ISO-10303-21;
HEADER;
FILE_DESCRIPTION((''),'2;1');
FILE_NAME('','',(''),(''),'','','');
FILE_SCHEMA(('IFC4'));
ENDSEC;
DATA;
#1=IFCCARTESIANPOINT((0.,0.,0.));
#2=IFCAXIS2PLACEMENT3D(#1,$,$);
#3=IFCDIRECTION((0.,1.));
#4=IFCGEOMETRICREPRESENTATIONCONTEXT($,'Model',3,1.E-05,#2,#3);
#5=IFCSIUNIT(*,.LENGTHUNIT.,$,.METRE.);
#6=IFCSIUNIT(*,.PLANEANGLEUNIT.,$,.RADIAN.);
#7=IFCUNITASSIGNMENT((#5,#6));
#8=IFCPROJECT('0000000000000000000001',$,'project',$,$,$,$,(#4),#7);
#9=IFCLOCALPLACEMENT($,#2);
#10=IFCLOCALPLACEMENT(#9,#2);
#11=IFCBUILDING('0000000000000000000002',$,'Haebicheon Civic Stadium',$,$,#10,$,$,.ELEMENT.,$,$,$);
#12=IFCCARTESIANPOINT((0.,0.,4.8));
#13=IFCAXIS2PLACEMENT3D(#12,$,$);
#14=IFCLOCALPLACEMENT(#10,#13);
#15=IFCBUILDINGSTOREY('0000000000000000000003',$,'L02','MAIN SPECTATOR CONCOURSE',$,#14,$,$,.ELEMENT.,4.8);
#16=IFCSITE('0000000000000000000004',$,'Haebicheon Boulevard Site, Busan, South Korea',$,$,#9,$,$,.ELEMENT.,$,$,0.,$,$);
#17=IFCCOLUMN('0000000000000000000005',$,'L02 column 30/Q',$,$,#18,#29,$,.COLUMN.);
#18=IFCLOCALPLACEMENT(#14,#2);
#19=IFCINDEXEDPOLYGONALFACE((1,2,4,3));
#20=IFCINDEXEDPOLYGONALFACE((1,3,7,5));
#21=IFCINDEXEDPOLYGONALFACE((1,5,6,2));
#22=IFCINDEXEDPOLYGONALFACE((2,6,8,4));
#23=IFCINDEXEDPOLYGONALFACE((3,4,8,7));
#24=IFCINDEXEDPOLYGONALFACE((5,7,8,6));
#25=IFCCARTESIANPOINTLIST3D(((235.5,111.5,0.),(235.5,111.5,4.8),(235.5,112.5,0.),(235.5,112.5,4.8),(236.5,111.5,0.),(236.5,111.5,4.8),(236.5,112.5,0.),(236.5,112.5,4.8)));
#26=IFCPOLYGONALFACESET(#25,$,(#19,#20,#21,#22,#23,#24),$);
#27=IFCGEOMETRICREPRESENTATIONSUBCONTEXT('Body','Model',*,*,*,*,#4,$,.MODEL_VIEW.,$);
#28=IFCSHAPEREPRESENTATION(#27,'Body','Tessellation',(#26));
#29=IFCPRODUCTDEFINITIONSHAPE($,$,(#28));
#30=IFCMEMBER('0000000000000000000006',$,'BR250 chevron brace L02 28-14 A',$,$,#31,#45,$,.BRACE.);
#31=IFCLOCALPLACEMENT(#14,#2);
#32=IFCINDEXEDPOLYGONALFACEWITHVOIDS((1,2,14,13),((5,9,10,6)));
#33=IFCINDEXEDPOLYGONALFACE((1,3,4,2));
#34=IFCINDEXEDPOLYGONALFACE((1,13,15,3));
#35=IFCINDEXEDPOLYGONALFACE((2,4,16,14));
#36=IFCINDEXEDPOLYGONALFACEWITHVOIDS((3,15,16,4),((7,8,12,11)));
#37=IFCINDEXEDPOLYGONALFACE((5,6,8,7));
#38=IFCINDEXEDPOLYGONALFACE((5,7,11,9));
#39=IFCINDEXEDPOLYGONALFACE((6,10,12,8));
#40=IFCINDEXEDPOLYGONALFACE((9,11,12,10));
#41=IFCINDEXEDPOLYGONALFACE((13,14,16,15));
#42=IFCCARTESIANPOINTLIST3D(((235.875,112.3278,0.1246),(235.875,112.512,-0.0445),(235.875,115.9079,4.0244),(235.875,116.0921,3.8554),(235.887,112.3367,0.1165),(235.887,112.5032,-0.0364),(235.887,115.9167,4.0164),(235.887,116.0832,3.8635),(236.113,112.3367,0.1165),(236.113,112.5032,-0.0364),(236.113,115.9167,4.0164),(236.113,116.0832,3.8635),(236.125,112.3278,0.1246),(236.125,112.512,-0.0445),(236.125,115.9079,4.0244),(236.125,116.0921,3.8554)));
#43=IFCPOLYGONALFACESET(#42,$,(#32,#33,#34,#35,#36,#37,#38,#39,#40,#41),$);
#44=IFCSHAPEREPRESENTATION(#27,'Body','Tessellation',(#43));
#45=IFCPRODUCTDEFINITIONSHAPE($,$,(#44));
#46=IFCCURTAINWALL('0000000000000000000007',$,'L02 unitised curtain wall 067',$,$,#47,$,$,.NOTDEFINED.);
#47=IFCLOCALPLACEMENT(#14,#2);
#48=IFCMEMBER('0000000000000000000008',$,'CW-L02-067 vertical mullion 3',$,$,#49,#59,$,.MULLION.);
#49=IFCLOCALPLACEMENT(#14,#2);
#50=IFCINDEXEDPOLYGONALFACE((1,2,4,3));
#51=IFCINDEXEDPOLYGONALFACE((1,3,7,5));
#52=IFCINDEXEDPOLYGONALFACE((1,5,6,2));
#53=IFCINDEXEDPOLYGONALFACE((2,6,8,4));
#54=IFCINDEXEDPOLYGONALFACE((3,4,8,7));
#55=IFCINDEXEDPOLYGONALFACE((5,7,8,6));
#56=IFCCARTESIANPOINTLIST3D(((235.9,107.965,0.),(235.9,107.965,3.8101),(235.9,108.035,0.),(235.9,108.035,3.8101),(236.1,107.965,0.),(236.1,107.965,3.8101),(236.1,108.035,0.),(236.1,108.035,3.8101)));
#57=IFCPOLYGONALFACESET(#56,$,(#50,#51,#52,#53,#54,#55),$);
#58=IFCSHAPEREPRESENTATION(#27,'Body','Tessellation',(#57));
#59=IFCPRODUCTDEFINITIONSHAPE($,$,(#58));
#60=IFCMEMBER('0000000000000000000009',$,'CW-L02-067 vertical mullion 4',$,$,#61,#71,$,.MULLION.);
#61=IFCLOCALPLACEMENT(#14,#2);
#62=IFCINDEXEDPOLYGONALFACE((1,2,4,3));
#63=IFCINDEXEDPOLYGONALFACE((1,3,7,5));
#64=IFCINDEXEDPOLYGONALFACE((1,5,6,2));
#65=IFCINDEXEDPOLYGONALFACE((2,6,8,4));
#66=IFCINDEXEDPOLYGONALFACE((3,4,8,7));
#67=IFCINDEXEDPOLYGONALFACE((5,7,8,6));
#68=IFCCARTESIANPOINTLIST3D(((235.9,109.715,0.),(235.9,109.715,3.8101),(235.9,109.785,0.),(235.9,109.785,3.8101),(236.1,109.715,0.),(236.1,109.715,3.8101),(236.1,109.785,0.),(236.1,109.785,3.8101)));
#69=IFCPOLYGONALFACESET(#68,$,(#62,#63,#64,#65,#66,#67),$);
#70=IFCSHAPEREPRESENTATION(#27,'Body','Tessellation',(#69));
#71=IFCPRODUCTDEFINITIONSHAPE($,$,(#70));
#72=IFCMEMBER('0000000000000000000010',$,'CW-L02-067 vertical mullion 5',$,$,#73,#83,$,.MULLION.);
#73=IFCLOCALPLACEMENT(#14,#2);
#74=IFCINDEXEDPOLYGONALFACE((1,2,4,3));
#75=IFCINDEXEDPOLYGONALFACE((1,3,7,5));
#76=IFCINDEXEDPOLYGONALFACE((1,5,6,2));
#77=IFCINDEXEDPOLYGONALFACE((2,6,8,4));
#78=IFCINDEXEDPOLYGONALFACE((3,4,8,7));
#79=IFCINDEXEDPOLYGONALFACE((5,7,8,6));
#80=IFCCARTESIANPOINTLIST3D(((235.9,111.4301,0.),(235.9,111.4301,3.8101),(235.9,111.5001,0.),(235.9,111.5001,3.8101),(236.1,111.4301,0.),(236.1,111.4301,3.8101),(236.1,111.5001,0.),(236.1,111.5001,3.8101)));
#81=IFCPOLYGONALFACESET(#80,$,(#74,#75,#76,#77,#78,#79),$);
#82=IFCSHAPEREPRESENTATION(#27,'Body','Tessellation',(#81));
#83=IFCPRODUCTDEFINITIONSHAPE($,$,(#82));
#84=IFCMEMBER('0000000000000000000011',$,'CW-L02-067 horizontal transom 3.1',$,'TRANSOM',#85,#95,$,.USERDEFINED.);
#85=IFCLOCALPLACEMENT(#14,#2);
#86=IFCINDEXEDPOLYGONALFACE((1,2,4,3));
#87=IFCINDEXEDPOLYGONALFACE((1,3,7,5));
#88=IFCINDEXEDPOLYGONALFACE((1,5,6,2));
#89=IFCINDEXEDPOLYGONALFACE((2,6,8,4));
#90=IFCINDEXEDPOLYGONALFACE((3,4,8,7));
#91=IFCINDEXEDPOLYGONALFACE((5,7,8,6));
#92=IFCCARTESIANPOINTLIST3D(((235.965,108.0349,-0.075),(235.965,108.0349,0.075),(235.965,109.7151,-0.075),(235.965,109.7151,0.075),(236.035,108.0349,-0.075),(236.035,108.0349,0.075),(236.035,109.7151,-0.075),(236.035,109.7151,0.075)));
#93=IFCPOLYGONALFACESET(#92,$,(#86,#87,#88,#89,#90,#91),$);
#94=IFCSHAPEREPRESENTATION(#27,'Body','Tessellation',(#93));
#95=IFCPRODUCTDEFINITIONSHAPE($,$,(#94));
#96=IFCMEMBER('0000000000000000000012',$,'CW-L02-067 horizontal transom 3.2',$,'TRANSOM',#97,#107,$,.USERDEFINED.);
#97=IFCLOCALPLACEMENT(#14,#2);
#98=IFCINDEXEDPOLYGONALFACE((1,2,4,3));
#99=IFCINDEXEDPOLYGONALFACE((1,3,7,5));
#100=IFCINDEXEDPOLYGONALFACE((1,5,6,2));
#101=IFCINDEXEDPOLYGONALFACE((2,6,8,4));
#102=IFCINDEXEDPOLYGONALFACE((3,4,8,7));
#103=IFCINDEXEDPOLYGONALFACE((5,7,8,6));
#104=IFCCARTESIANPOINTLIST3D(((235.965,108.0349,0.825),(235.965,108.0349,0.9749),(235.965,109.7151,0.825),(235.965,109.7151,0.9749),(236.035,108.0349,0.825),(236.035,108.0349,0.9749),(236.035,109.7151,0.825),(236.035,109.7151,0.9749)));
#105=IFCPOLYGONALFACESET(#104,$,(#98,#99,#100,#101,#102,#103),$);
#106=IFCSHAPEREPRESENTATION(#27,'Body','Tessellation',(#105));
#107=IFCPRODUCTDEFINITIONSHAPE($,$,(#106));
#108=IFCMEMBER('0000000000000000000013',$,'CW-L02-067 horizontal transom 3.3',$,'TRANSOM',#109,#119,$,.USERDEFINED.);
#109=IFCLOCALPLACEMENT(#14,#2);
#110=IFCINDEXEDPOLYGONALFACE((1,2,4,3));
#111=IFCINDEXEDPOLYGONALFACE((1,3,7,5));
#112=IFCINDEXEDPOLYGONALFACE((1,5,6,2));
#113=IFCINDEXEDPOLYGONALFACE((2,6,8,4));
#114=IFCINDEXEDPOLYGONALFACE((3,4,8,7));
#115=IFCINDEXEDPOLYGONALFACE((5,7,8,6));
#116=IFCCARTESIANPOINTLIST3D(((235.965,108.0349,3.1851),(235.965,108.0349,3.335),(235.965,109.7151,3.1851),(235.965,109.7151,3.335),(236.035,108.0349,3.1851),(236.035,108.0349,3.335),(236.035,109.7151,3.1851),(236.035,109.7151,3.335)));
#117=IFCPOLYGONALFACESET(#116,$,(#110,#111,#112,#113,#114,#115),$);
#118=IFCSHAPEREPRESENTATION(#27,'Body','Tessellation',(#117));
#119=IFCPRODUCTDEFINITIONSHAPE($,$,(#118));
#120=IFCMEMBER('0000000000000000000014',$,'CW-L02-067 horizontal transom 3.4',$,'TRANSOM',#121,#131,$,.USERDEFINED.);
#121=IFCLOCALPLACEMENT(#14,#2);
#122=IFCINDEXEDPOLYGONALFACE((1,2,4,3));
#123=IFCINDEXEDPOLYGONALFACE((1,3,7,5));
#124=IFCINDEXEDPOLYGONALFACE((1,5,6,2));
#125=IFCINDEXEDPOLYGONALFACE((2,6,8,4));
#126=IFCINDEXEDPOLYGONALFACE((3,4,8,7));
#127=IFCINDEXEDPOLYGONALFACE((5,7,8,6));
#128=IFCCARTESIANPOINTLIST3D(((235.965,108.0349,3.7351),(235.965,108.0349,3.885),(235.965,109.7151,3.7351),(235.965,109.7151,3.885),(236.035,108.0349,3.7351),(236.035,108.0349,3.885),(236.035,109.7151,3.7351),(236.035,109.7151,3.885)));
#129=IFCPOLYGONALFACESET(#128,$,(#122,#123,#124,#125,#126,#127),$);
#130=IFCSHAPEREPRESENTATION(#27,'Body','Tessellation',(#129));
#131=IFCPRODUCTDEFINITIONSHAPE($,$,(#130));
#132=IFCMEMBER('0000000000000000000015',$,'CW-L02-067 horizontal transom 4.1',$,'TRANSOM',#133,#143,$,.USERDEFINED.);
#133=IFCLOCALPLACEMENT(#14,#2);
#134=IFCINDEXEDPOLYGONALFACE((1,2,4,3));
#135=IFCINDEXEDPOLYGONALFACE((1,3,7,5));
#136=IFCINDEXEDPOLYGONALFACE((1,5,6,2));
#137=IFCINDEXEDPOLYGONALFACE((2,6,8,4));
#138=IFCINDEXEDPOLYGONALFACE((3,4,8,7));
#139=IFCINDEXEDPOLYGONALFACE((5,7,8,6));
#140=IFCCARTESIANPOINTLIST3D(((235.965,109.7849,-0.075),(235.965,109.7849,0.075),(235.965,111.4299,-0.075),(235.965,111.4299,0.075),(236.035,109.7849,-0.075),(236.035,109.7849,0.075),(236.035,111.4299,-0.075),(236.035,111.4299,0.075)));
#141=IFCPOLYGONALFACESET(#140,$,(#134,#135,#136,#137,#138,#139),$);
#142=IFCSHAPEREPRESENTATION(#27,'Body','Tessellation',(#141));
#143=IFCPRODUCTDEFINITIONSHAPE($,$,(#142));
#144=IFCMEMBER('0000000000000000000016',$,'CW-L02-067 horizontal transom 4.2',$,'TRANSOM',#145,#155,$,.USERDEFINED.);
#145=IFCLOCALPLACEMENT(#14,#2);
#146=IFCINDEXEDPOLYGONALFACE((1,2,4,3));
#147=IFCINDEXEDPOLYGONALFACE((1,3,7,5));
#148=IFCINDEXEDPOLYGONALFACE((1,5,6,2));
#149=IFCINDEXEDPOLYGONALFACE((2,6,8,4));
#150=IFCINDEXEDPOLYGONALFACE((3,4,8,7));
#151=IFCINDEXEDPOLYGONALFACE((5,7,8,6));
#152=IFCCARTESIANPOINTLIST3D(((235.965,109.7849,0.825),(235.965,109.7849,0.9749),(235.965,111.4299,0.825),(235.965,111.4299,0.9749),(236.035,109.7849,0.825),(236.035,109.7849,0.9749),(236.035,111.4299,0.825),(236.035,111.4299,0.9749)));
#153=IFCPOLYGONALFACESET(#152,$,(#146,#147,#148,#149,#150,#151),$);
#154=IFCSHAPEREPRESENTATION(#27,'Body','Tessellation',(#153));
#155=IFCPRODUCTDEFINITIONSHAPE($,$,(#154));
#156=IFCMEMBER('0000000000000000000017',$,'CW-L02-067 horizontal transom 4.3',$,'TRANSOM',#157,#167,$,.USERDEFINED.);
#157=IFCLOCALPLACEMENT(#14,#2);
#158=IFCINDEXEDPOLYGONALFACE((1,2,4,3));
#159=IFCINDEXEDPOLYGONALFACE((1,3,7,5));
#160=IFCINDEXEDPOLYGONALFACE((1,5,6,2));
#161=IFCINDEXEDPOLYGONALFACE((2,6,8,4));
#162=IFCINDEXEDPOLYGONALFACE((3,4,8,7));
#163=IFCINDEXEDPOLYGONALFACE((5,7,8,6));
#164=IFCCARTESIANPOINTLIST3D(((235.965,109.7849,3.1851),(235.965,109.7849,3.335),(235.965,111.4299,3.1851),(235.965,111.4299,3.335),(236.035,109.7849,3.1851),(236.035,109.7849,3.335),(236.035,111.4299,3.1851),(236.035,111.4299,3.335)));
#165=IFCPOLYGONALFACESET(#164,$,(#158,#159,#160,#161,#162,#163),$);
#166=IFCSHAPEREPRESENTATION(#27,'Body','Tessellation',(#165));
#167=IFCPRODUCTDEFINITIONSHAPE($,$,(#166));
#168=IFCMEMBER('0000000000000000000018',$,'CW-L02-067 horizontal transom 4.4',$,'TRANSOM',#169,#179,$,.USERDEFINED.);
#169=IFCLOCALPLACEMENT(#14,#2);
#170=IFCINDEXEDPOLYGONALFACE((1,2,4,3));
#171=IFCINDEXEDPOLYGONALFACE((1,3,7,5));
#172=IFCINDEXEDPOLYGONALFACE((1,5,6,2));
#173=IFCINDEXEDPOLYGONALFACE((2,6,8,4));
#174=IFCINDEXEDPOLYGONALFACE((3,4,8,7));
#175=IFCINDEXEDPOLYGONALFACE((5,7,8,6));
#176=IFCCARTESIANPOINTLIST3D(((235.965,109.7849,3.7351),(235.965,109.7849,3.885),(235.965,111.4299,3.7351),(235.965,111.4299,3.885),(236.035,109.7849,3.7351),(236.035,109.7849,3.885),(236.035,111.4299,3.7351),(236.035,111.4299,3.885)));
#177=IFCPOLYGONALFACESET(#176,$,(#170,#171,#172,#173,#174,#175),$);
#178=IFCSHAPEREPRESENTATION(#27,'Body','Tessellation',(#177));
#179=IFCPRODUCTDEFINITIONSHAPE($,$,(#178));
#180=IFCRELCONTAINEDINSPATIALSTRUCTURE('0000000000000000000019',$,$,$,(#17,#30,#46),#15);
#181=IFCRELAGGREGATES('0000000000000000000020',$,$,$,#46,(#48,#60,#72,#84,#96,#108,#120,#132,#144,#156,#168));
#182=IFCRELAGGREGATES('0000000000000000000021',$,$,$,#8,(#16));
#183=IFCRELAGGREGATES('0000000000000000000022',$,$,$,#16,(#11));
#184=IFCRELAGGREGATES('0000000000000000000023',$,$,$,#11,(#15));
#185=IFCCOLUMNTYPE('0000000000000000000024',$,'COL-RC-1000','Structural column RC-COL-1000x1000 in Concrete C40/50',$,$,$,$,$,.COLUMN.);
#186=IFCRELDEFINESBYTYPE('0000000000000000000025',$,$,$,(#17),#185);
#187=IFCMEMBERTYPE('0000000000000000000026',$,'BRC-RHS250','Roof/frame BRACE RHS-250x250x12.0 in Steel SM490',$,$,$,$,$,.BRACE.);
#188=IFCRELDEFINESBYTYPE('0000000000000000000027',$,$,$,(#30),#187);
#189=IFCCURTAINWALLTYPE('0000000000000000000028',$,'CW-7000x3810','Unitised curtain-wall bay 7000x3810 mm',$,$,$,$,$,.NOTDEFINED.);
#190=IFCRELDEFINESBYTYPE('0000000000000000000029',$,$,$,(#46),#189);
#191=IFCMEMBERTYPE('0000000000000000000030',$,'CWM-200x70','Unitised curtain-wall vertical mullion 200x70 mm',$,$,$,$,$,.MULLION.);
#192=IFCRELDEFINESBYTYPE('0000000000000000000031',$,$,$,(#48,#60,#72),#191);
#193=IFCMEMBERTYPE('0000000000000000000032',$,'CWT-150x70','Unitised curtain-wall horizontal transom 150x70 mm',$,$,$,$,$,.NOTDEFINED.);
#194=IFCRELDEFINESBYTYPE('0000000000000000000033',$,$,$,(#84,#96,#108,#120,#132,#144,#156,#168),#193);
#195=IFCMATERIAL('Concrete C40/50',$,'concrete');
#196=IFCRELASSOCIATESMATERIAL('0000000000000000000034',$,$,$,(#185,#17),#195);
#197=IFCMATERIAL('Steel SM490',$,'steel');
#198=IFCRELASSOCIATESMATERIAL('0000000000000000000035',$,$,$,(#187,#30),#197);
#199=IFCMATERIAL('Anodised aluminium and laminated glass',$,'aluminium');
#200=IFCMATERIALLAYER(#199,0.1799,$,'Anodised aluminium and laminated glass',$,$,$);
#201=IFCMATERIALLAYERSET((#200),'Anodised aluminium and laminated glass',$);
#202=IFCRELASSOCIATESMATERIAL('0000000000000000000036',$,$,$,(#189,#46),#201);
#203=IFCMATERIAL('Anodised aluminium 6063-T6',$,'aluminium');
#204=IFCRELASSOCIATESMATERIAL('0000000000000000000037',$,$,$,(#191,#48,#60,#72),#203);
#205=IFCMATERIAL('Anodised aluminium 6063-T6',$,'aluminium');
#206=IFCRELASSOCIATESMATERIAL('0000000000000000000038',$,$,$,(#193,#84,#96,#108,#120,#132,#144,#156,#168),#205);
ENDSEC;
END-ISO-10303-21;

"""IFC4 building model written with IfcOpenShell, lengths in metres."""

from ifc_helpers import new_model, si_unit, direction, frame, origin, origin_2d, place, context, subcontext, project, spatial, rectangle, hollow_rectangle, extrude, material, layer, layer_set, material_profile, profile_set, type_object, element, aggregate, save


model = new_model("IFC4")

# Units and contexts
model_context = context("Model", 3, precision=1e-05, world=origin(), true_north=direction((0.0, 1.0)))
body_context = subcontext(model_context, "Body", "Model", "MODEL_VIEW")
ifc_project = project(units=[si_unit("LENGTHUNIT", "METRE"), si_unit("PLANEANGLEUNIT", "RADIAN")], contexts=[model_context])

# Site, building, storey
site_placement = place(None, origin())
site = spatial("IfcSite", under=ifc_project, at=site_placement, Name="Haebicheon Boulevard Site, Busan, South Korea", CompositionType="ELEMENT", RefElevation=0.0)
building_placement = place(site_placement, origin())
building = spatial("IfcBuilding", under=site, at=building_placement, Name="Haebicheon Civic Stadium", CompositionType="ELEMENT")
storey_placement = place(building_placement, frame((0.0, 0.0, 4.8)))
storey = spatial("IfcBuildingStorey", under=building, at=storey_placement, Name="L02", Description="MAIN SPECTATOR CONCOURSE", CompositionType="ELEMENT", Elevation=4.8)

# Column
ifc_material_1 = material(Name="Concrete C40/50", Category="concrete")
ifc_material_profile_1 = material_profile(ifc_material_1, rectangle(XDim=1.0, YDim=1.0, at=origin_2d()), Name="RC-COL-1000x1000")
ifc_profile_set_1 = profile_set([ifc_material_profile_1], Name="Concrete C40/50")
column_type = type_object("IfcColumnType", Name="COL-RC-1000", Description="Structural column RC-COL-1000x1000 in Concrete C40/50", PredefinedType="COLUMN", material=ifc_profile_set_1)
column_placement = place(storey_placement, frame((236.0, 112.0, 0.0), z_axis=(0.0, 0.0, 1.0), x_axis=(1.0, 0.0, 0.0)))
element("IfcColumn", 1, at=column_placement, inside=storey, type_object=column_type, material=ifc_profile_set_1, Name="L02 column 30/Q", PredefinedType="COLUMN", context=body_context, shape_type="SweptSolid", body=[
    extrude(rectangle(XDim=1.0, YDim=1.0, at=origin_2d()), origin(), (0.0, 0.0, 1.0), 4.8),
])

# Member
ifc_material_2 = material(Name="Steel SM490", Category="steel")
ifc_material_profile_2 = material_profile(ifc_material_2, hollow_rectangle(XDim=0.25, YDim=0.25, WallThickness=0.012, at=origin_2d()), Name="RHS-250x250x12.0")
ifc_profile_set_2 = profile_set([ifc_material_profile_2], Name="Steel SM490")
member_type_1 = type_object("IfcMemberType", Name="BRC-RHS250", Description="Roof/frame BRACE RHS-250x250x12.0 in Steel SM490", PredefinedType="BRACE", material=ifc_profile_set_2)
member_1_placement = place(storey_placement, frame((236.0, 112.4199, 0.04), z_axis=(0.0, 0.676255, 0.736668), x_axis=(-1.0, 0.0, 0.0)))
element("IfcMember", 2, at=member_1_placement, inside=storey, type_object=member_type_1, material=ifc_profile_set_2, Name="BR250 chevron brace L02 28-14 A", PredefinedType="BRACE", context=body_context, shape_type="SweptSolid", body=[
    extrude(hollow_rectangle(XDim=0.25, YDim=0.25, WallThickness=0.012, at=origin_2d()), origin(), (0.0, 0.0, 1.0), 5.2939),
])

# Curtain wall, members
ifc_material_3 = material(Name="Anodised aluminium and laminated glass", Category="aluminium")
ifc_layer_1 = layer(ifc_material_3, 0.1799, Name="Anodised aluminium and laminated glass")
ifc_layer_set_1 = layer_set([ifc_layer_1], Name="Anodised aluminium and laminated glass")
curtain_wall_type = type_object("IfcCurtainWallType", Name="CW-7000x3810", Description="Unitised curtain-wall bay 7000x3810 mm", PredefinedType="NOTDEFINED", material=ifc_layer_set_1)
curtain_wall_placement = place(storey_placement, origin())
curtain_wall = element("IfcCurtainWall", 3, at=curtain_wall_placement, inside=storey, type_object=curtain_wall_type, material=ifc_layer_set_1, Name="L02 unitised curtain wall 067", PredefinedType="NOTDEFINED")
ifc_material_4 = material(Name="Anodised aluminium 6063-T6", Category="aluminium")
ifc_material_profile_3 = material_profile(ifc_material_4, rectangle(XDim=0.0701, YDim=0.2, at=origin_2d()), Name="ALU-MULL-70x200")
ifc_profile_set_3 = profile_set([ifc_material_profile_3], Name="Anodised aluminium 6063-T6")
member_type_2 = type_object("IfcMemberType", Name="CWM-200x70", Description="Unitised curtain-wall vertical mullion 200x70 mm", PredefinedType="MULLION", material=ifc_profile_set_3)
member_2_placement = place(storey_placement, frame((236.0, 108.0, 0.0), z_axis=(0.0, 0.0, 1.0), x_axis=(0.0, 1.0, 0.0)))
member_2 = element("IfcMember", 4, at=member_2_placement, type_object=member_type_2, material=ifc_profile_set_3, Name="CW-L02-067 vertical mullion 3", PredefinedType="MULLION", context=body_context, shape_type="SweptSolid", body=[
    extrude(rectangle(XDim=0.0701, YDim=0.2, at=origin_2d()), origin(), (0.0, 0.0, 1.0), 3.8101),
])
member_3_placement = place(storey_placement, frame((236.0, 109.75, 0.0), z_axis=(0.0, 0.0, 1.0), x_axis=(0.0, 1.0, 0.0)))
member_3 = element("IfcMember", 5, at=member_3_placement, type_object=member_type_2, material=ifc_profile_set_3, Name="CW-L02-067 vertical mullion 4", PredefinedType="MULLION", context=body_context, shape_type="SweptSolid", body=[
    extrude(rectangle(XDim=0.0701, YDim=0.2, at=origin_2d()), origin(), (0.0, 0.0, 1.0), 3.8101),
])
member_4_placement = place(storey_placement, frame((236.0, 111.4651, 0.0), z_axis=(0.0, 0.0, 1.0), x_axis=(0.0, 1.0, 0.0)))
member_4 = element("IfcMember", 6, at=member_4_placement, type_object=member_type_2, material=ifc_profile_set_3, Name="CW-L02-067 vertical mullion 5", PredefinedType="MULLION", context=body_context, shape_type="SweptSolid", body=[
    extrude(rectangle(XDim=0.0701, YDim=0.2, at=origin_2d()), origin(), (0.0, 0.0, 1.0), 3.8101),
])
ifc_material_5 = material(Name="Anodised aluminium 6063-T6", Category="aluminium")
ifc_material_profile_4 = material_profile(ifc_material_5, rectangle(XDim=0.0701, YDim=0.1499, at=origin_2d()), Name="ALU-TRAN-70x150")
ifc_profile_set_4 = profile_set([ifc_material_profile_4], Name="Anodised aluminium 6063-T6")
member_type_3 = type_object("IfcMemberType", Name="CWT-150x70", Description="Unitised curtain-wall horizontal transom 150x70 mm", PredefinedType="NOTDEFINED", material=ifc_profile_set_4)
member_5_placement = place(storey_placement, frame((236.0, 108.0349, 0.0), z_axis=(0.0, 1.0, 0.0), x_axis=(-1.0, 0.0, 0.0)))
member_5 = element("IfcMember", 7, at=member_5_placement, type_object=member_type_3, material=ifc_profile_set_4, Name="CW-L02-067 horizontal transom 3.1", ObjectType="TRANSOM", PredefinedType="USERDEFINED", context=body_context, shape_type="SweptSolid", body=[
    extrude(rectangle(XDim=0.0701, YDim=0.1499, at=origin_2d()), origin(), (0.0, 0.0, 1.0), 1.6802),
])
member_6_placement = place(storey_placement, frame((236.0, 108.0349, 0.8999), z_axis=(0.0, 1.0, 0.0), x_axis=(-1.0, 0.0, 0.0)))
member_6 = element("IfcMember", 8, at=member_6_placement, type_object=member_type_3, material=ifc_profile_set_4, Name="CW-L02-067 horizontal transom 3.2", ObjectType="TRANSOM", PredefinedType="USERDEFINED", context=body_context, shape_type="SweptSolid", body=[
    extrude(rectangle(XDim=0.0701, YDim=0.1499, at=origin_2d()), origin(), (0.0, 0.0, 1.0), 1.6802),
])
member_7_placement = place(storey_placement, frame((236.0, 108.0349, 3.26), z_axis=(0.0, 1.0, 0.0), x_axis=(-1.0, 0.0, 0.0)))
member_7 = element("IfcMember", 9, at=member_7_placement, type_object=member_type_3, material=ifc_profile_set_4, Name="CW-L02-067 horizontal transom 3.3", ObjectType="TRANSOM", PredefinedType="USERDEFINED", context=body_context, shape_type="SweptSolid", body=[
    extrude(rectangle(XDim=0.0701, YDim=0.1499, at=origin_2d()), origin(), (0.0, 0.0, 1.0), 1.6802),
])
member_8_placement = place(storey_placement, frame((236.0, 108.0349, 3.8101), z_axis=(0.0, 1.0, 0.0), x_axis=(-1.0, 0.0, 0.0)))
member_8 = element("IfcMember", 10, at=member_8_placement, type_object=member_type_3, material=ifc_profile_set_4, Name="CW-L02-067 horizontal transom 3.4", ObjectType="TRANSOM", PredefinedType="USERDEFINED", context=body_context, shape_type="SweptSolid", body=[
    extrude(rectangle(XDim=0.0701, YDim=0.1499, at=origin_2d()), origin(), (0.0, 0.0, 1.0), 1.6802),
])
member_9_placement = place(storey_placement, frame((236.0, 109.7849, 0.0), z_axis=(0.0, 1.0, 0.0), x_axis=(-1.0, 0.0, 0.0)))
member_9 = element("IfcMember", 11, at=member_9_placement, type_object=member_type_3, material=ifc_profile_set_4, Name="CW-L02-067 horizontal transom 4.1", ObjectType="TRANSOM", PredefinedType="USERDEFINED", context=body_context, shape_type="SweptSolid", body=[
    extrude(rectangle(XDim=0.0701, YDim=0.1499, at=origin_2d()), origin(), (0.0, 0.0, 1.0), 1.645),
])
member_10_placement = place(storey_placement, frame((236.0, 109.7849, 0.8999), z_axis=(0.0, 1.0, 0.0), x_axis=(-1.0, 0.0, 0.0)))
member_10 = element("IfcMember", 12, at=member_10_placement, type_object=member_type_3, material=ifc_profile_set_4, Name="CW-L02-067 horizontal transom 4.2", ObjectType="TRANSOM", PredefinedType="USERDEFINED", context=body_context, shape_type="SweptSolid", body=[
    extrude(rectangle(XDim=0.0701, YDim=0.1499, at=origin_2d()), origin(), (0.0, 0.0, 1.0), 1.645),
])
member_11_placement = place(storey_placement, frame((236.0, 109.7849, 3.26), z_axis=(0.0, 1.0, 0.0), x_axis=(-1.0, 0.0, 0.0)))
member_11 = element("IfcMember", 13, at=member_11_placement, type_object=member_type_3, material=ifc_profile_set_4, Name="CW-L02-067 horizontal transom 4.3", ObjectType="TRANSOM", PredefinedType="USERDEFINED", context=body_context, shape_type="SweptSolid", body=[
    extrude(rectangle(XDim=0.0701, YDim=0.1499, at=origin_2d()), origin(), (0.0, 0.0, 1.0), 1.645),
])
member_12_placement = place(storey_placement, frame((236.0, 109.7849, 3.8101), z_axis=(0.0, 1.0, 0.0), x_axis=(-1.0, 0.0, 0.0)))
member_12 = element("IfcMember", 14, at=member_12_placement, type_object=member_type_3, material=ifc_profile_set_4, Name="CW-L02-067 horizontal transom 4.4", ObjectType="TRANSOM", PredefinedType="USERDEFINED", context=body_context, shape_type="SweptSolid", body=[
    extrude(rectangle(XDim=0.0701, YDim=0.1499, at=origin_2d()), origin(), (0.0, 0.0, 1.0), 1.645),
])

aggregate(curtain_wall, [member_2, member_3, member_4, member_5, member_6, member_7, member_8, member_9, member_10, member_11, member_12])

save(model, "model.ifc")
